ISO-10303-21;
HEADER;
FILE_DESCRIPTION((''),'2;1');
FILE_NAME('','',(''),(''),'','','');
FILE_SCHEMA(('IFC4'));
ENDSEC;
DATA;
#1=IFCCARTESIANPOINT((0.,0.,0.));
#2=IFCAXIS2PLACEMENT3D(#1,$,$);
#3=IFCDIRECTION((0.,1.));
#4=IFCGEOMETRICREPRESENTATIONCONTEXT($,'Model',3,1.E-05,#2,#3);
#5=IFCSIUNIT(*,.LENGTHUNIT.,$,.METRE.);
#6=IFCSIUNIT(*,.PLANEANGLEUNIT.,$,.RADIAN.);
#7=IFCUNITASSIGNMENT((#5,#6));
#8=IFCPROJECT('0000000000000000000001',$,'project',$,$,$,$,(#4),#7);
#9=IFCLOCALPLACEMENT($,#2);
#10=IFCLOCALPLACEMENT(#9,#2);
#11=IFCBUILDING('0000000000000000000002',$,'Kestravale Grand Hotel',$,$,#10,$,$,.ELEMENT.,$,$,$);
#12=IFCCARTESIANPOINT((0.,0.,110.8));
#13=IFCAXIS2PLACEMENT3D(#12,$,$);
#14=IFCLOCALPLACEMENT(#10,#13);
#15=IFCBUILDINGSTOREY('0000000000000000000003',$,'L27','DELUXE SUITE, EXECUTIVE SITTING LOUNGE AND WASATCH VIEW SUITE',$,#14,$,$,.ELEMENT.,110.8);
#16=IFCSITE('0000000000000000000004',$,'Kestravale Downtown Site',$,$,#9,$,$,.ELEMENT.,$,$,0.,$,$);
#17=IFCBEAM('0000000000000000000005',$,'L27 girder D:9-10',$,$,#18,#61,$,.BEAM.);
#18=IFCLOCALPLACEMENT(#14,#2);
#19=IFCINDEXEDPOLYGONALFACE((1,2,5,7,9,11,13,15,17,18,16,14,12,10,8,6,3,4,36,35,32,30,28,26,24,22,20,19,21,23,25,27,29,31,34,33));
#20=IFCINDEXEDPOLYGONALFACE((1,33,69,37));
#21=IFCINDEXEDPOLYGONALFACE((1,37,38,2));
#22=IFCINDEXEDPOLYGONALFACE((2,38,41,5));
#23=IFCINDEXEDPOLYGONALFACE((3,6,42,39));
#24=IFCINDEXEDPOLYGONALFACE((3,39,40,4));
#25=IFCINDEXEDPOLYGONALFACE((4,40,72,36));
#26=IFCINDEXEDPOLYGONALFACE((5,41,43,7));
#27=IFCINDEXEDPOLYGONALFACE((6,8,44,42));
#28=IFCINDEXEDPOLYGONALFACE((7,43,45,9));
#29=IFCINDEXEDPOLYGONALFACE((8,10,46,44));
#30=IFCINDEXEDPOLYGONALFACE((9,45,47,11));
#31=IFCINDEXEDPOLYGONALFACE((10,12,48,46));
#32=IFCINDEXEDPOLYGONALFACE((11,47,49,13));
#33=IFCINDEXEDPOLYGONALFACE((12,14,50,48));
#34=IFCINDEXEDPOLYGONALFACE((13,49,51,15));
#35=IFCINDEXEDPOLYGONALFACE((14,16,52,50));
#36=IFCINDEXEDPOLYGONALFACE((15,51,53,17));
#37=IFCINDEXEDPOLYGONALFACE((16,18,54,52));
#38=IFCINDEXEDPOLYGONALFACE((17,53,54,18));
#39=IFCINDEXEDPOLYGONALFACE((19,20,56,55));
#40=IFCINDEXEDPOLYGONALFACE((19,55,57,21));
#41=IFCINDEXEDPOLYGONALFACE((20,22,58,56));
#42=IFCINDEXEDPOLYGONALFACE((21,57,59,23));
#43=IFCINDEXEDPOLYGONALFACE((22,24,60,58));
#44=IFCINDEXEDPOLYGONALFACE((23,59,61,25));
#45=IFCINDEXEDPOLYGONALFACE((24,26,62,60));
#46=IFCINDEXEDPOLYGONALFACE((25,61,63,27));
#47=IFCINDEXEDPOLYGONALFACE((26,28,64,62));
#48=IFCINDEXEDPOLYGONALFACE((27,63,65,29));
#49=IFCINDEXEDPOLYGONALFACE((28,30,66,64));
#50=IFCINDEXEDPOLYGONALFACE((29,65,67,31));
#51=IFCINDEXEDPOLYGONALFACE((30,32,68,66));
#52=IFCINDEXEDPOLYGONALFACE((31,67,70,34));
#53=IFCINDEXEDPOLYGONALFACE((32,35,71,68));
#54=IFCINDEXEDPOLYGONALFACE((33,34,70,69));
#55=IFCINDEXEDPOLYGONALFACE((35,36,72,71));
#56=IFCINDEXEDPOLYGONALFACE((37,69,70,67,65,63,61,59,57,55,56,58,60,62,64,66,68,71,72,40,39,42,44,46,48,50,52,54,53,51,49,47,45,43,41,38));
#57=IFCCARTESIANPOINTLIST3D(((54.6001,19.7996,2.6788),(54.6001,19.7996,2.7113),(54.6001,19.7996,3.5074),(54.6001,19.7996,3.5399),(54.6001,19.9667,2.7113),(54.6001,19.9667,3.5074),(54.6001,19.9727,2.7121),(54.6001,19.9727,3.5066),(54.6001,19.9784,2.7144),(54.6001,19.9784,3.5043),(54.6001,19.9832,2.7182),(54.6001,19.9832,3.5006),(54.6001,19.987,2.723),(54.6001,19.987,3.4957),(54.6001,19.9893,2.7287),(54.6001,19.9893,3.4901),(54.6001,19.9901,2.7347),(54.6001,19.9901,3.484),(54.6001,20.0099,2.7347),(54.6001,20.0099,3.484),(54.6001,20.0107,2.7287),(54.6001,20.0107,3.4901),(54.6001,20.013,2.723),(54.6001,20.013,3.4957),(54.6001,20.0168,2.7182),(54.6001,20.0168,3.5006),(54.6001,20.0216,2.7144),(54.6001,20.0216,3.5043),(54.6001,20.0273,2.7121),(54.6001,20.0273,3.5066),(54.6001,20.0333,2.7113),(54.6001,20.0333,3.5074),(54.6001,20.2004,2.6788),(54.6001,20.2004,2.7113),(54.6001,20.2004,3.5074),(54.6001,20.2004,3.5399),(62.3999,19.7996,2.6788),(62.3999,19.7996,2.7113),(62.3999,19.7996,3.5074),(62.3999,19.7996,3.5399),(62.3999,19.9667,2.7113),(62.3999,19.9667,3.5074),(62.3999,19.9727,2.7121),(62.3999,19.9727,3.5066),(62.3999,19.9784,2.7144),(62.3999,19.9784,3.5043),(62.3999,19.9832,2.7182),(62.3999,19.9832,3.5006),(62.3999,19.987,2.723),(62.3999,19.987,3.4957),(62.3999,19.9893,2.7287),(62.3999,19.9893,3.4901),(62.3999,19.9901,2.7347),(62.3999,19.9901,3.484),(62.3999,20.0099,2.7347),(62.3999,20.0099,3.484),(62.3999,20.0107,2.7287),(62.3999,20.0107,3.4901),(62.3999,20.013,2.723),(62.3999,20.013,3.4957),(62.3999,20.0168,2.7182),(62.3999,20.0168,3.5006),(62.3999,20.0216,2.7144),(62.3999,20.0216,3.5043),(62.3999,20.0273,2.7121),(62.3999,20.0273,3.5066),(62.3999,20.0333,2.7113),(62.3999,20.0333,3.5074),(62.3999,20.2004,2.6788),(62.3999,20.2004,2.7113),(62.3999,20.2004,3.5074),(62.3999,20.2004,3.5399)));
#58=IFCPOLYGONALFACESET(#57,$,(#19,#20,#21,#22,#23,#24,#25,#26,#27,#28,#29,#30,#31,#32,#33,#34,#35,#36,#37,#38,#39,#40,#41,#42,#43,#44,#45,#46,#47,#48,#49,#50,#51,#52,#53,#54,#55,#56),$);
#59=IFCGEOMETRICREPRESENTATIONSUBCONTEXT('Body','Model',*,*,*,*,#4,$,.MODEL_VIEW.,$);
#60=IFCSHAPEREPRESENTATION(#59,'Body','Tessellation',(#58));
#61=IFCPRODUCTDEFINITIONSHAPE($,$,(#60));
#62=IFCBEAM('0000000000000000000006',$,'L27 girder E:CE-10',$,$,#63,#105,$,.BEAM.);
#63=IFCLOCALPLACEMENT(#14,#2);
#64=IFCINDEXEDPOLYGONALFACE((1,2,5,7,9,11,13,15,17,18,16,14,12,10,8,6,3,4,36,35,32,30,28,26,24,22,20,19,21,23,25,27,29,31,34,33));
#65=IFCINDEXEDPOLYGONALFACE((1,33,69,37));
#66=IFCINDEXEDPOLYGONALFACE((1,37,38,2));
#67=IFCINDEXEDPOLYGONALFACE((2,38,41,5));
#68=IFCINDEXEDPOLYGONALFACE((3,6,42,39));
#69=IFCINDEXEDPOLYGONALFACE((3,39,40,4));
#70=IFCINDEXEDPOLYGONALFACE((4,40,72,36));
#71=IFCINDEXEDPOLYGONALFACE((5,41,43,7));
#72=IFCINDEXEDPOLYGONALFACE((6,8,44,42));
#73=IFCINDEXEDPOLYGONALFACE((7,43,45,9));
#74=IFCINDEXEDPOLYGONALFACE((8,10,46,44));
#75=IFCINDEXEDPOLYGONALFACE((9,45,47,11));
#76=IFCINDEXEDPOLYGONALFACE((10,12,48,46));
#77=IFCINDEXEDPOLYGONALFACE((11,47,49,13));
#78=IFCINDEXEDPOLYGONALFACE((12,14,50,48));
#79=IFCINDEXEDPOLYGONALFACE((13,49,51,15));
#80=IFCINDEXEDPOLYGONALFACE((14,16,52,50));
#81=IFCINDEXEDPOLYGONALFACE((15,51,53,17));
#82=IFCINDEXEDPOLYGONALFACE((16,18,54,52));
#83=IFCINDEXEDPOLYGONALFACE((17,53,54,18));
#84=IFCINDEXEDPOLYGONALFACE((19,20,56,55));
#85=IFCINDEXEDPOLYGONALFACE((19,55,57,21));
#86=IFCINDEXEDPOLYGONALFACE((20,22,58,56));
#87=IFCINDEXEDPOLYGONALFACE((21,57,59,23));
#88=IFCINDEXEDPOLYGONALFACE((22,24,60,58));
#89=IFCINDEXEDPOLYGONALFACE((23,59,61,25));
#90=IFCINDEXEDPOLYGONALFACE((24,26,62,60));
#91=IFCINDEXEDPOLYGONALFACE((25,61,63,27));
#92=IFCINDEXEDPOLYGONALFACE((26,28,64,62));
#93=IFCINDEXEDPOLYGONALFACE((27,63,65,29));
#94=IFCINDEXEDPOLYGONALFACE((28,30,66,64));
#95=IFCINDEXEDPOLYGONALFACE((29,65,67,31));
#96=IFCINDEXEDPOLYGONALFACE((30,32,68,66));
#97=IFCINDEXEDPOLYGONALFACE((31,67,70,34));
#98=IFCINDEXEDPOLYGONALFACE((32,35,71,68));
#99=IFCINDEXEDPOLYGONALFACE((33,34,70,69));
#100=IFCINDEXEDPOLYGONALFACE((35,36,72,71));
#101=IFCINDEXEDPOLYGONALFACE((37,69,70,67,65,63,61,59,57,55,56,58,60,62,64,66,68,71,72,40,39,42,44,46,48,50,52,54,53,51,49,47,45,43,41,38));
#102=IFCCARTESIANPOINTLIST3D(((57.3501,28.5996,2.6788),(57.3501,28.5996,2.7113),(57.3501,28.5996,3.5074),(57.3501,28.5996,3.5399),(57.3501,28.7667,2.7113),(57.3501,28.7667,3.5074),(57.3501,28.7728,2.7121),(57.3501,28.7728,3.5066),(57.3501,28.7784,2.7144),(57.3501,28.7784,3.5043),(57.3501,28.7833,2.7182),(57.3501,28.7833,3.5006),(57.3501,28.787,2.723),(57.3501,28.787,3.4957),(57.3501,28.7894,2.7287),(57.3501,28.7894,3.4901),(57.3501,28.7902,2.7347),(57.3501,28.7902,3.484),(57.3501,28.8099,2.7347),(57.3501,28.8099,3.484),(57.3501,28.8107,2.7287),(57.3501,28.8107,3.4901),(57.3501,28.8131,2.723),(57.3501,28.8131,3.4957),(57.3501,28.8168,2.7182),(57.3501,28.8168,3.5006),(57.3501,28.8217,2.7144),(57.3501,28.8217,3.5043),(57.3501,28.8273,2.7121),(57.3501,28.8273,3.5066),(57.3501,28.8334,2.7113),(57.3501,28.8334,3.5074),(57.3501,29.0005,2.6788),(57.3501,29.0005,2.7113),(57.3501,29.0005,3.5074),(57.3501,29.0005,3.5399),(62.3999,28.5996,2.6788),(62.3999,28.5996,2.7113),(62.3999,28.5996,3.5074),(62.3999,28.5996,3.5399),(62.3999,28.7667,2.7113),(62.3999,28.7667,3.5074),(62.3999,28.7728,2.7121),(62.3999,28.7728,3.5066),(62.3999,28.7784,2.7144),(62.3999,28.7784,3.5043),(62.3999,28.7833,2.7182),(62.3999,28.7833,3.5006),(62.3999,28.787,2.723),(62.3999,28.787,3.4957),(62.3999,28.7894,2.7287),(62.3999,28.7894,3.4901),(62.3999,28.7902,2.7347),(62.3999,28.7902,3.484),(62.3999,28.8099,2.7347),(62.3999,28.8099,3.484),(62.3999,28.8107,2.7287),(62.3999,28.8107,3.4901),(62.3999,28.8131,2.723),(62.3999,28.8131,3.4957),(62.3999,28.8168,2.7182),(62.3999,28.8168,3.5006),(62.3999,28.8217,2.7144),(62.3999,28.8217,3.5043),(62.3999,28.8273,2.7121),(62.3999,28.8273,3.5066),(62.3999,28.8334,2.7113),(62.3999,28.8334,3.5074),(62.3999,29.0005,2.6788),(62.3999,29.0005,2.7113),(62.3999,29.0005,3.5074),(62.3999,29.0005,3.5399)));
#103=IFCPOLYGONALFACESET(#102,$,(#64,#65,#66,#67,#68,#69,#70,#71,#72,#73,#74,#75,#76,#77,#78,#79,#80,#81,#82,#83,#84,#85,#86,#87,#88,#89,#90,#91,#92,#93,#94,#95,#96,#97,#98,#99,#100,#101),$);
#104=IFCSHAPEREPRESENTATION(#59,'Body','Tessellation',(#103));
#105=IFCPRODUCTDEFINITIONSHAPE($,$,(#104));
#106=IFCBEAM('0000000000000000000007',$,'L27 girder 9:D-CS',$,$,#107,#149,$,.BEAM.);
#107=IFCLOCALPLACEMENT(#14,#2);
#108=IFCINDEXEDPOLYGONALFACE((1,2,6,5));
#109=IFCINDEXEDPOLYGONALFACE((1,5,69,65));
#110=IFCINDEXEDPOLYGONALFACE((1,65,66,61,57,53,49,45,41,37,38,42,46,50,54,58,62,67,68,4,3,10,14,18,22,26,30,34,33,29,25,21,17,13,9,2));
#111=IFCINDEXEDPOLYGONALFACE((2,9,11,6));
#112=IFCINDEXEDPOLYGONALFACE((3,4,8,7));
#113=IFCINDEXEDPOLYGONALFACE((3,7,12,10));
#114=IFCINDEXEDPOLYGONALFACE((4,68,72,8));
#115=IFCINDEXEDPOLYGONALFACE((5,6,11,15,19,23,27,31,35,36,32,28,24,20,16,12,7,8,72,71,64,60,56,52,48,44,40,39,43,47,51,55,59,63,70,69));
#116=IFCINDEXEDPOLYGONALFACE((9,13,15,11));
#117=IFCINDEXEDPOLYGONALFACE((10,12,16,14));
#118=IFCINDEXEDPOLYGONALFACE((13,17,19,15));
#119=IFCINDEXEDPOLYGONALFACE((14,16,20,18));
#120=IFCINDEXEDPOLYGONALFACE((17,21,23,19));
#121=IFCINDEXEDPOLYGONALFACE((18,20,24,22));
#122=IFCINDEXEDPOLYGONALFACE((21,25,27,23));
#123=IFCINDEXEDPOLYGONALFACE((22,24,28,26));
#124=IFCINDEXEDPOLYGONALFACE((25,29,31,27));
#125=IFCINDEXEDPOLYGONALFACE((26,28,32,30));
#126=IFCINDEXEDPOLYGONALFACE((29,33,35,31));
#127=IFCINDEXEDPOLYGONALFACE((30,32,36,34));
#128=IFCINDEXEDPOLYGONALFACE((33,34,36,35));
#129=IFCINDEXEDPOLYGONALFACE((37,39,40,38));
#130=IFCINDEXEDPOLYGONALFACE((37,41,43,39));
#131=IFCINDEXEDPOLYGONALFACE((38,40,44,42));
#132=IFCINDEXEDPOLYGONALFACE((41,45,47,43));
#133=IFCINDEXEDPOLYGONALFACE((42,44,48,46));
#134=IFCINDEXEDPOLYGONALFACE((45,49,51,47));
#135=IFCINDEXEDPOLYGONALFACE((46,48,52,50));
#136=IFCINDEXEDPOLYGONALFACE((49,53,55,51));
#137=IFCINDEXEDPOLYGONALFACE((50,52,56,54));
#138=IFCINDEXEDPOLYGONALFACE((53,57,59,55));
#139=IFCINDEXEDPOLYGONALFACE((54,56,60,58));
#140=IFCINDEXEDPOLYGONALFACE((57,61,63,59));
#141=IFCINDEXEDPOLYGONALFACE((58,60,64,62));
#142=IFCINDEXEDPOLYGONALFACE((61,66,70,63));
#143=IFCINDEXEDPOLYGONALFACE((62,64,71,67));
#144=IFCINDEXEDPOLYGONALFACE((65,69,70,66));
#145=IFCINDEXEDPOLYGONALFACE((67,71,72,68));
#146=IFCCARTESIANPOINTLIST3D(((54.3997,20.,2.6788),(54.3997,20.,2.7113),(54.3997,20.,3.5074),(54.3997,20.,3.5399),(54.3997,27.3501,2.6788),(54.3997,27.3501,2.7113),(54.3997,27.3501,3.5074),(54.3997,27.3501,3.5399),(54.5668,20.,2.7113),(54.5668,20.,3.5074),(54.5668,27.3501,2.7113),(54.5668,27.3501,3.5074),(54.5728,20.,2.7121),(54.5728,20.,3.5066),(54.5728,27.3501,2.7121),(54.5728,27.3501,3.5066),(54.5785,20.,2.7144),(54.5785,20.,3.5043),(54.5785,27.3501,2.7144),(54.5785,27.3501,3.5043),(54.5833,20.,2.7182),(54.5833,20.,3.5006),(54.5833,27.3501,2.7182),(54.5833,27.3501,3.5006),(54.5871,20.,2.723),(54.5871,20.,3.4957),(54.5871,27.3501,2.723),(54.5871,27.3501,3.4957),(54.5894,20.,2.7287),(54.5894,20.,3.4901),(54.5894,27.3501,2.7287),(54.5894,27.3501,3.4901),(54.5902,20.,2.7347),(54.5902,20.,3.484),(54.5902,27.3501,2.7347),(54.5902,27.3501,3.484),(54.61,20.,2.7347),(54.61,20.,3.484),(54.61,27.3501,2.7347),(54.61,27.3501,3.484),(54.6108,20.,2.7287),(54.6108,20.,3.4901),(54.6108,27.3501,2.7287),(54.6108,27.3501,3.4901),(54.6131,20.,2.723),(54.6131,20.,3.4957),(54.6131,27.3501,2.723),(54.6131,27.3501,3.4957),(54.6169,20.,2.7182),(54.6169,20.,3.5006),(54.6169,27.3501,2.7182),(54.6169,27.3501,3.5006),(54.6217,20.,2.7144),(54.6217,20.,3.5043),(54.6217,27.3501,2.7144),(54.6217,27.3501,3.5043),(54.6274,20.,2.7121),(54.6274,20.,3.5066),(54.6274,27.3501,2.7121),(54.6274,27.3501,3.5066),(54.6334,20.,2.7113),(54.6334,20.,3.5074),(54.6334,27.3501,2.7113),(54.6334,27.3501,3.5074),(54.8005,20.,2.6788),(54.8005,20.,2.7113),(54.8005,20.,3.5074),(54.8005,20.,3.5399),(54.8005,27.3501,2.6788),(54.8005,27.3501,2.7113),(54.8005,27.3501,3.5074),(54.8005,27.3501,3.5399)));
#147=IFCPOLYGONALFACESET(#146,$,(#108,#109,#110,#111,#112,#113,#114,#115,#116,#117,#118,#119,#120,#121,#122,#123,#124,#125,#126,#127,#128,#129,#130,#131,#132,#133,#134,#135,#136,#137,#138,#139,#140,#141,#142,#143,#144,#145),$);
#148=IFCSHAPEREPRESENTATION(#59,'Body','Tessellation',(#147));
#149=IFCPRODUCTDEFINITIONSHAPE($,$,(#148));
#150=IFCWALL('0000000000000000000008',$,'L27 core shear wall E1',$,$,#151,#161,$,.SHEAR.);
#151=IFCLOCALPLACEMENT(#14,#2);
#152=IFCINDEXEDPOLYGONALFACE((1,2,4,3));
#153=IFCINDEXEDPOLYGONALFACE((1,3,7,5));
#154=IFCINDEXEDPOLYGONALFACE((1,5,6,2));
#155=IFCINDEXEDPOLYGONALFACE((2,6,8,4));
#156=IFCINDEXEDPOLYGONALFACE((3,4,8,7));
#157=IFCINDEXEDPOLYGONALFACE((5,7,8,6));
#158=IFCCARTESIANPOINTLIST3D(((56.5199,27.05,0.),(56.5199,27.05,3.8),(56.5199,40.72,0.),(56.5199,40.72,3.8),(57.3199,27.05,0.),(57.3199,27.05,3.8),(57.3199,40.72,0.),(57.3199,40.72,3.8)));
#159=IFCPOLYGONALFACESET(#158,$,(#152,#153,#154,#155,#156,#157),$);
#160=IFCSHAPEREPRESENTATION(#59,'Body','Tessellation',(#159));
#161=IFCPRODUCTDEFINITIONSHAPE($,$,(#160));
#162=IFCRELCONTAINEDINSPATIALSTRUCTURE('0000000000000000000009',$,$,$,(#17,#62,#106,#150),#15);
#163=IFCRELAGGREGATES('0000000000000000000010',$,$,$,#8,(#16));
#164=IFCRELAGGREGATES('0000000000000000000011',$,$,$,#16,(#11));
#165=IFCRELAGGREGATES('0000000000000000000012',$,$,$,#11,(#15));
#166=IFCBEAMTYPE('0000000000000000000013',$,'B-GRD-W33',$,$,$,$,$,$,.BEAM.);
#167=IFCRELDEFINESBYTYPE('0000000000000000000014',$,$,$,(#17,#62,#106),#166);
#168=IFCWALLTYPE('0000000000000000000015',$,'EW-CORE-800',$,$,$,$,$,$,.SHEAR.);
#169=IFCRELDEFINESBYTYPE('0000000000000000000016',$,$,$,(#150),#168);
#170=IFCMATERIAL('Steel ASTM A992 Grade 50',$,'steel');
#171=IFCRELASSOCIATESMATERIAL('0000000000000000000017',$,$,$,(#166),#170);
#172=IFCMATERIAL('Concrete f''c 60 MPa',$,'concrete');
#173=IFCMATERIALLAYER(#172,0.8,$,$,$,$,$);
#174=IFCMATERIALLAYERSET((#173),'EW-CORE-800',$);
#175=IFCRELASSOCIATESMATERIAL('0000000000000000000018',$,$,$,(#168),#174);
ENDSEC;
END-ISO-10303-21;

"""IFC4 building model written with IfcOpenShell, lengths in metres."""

from ifc_helpers import new_model, si_unit, direction, frame, frame_2d, origin, origin_2d, place, context, subcontext, project, spatial, rectangle, i_section, extrude, material, layer, layer_set, material_profile, profile_set, type_object, element, save


model = new_model("IFC4")

# Units and contexts
model_context = context("Model", 3, precision=1e-05, world=origin(), true_north=direction((0.0, 1.0)))
body_context = subcontext(model_context, "Body", "Model", "MODEL_VIEW")
ifc_project = project(units=[si_unit("LENGTHUNIT", "METRE"), si_unit("PLANEANGLEUNIT", "RADIAN")], contexts=[model_context])

# Site, building, storey
site_placement = place(None, origin())
site = spatial("IfcSite", under=ifc_project, at=site_placement, Name="Kestravale Downtown Site", CompositionType="ELEMENT", RefElevation=0.0)
building_placement = place(site_placement, origin())
building = spatial("IfcBuilding", under=site, at=building_placement, Name="Kestravale Grand Hotel", CompositionType="ELEMENT")
storey_placement = place(building_placement, frame((0.0, 0.0, 110.8)))
storey = spatial("IfcBuildingStorey", under=building, at=storey_placement, Name="L27", Description="DELUXE SUITE, EXECUTIVE SITTING LOUNGE AND WASATCH VIEW SUITE", CompositionType="ELEMENT", Elevation=110.8)

# Beams
ifc_material_1 = material(Name="Steel ASTM A992 Grade 50", Category="steel")
ifc_material_profile_1 = material_profile(ifc_material_1, i_section(OverallWidth=0.4009, OverallDepth=0.8611, WebThickness=0.0198, FlangeThickness=0.0325, FilletRadius=0.0234, at=origin_2d()))
ifc_profile_set_1 = profile_set([ifc_material_profile_1], Name="Steel ASTM A992 Grade 50")
beam_type_1 = type_object("IfcBeamType", Name="B-GRD-W33", PredefinedType="BEAM", material=ifc_profile_set_1)
beam_1_placement = place(storey_placement, frame((54.6001, 20.0, 3.1094), z_axis=(1.0, 0.0, 0.0), x_axis=(0.0, 1.0, 0.0)))
element("IfcBeam", 1, at=beam_1_placement, inside=storey, type_object=beam_type_1, Name="L27 girder D:9-10", PredefinedType="BEAM", context=body_context, shape_type="SweptSolid", body=[
    extrude(i_section(OverallWidth=0.4009, OverallDepth=0.8611, WebThickness=0.0198, FlangeThickness=0.0325, FilletRadius=0.0234, at=origin_2d()), origin(), (0.0, 0.0, 1.0), 7.7998),
])
beam_2_placement = place(storey_placement, frame((57.3501, 28.8, 3.1094), z_axis=(1.0, 0.0, 0.0), x_axis=(0.0, 1.0, 0.0)))
element("IfcBeam", 2, at=beam_2_placement, inside=storey, type_object=beam_type_1, Name="L27 girder E:CE-10", PredefinedType="BEAM", context=body_context, shape_type="SweptSolid", body=[
    extrude(i_section(OverallWidth=0.4009, OverallDepth=0.8611, WebThickness=0.0198, FlangeThickness=0.0325, FilletRadius=0.0234, at=origin_2d()), origin(), (0.0, 0.0, 1.0), 5.0498),
])
beam_3_placement = place(storey_placement, frame((54.6001, 20.0, 3.1094), z_axis=(0.0, 1.0, 0.0), x_axis=(-1.0, 0.0, 0.0)))
element("IfcBeam", 3, at=beam_3_placement, inside=storey, type_object=beam_type_1, Name="L27 girder 9:D-CS", PredefinedType="BEAM", context=body_context, shape_type="SweptSolid", body=[
    extrude(i_section(OverallWidth=0.4009, OverallDepth=0.8611, WebThickness=0.0198, FlangeThickness=0.0325, FilletRadius=0.0234, at=origin_2d()), origin(), (0.0, 0.0, 1.0), 7.3501),
])

# Wall
ifc_material_2 = material(Name="Concrete f'c 60 MPa", Category="concrete")
ifc_layer_1 = layer(ifc_material_2, 0.8)
ifc_layer_set_1 = layer_set([ifc_layer_1], Name="EW-CORE-800")
wall_type_1 = type_object("IfcWallType", Name="EW-CORE-800", PredefinedType="SHEAR", material=ifc_layer_set_1)
wall_1_placement = place(storey_placement, frame((56.9199, 27.05, 0.0), z_axis=(0.0, 0.0, 1.0), x_axis=(0.0, 1.0, 0.0)))
element("IfcWall", 4, at=wall_1_placement, inside=storey, type_object=wall_type_1, Name="L27 core shear wall E1", PredefinedType="SHEAR", context=body_context, shape_type="SweptSolid", body=[
    extrude(rectangle(XDim=13.6699, YDim=0.8, at=frame_2d((6.835, 0.0))), origin(), (0.0, 0.0, 1.0), 3.8),
])

save(model, "model.ifc")
